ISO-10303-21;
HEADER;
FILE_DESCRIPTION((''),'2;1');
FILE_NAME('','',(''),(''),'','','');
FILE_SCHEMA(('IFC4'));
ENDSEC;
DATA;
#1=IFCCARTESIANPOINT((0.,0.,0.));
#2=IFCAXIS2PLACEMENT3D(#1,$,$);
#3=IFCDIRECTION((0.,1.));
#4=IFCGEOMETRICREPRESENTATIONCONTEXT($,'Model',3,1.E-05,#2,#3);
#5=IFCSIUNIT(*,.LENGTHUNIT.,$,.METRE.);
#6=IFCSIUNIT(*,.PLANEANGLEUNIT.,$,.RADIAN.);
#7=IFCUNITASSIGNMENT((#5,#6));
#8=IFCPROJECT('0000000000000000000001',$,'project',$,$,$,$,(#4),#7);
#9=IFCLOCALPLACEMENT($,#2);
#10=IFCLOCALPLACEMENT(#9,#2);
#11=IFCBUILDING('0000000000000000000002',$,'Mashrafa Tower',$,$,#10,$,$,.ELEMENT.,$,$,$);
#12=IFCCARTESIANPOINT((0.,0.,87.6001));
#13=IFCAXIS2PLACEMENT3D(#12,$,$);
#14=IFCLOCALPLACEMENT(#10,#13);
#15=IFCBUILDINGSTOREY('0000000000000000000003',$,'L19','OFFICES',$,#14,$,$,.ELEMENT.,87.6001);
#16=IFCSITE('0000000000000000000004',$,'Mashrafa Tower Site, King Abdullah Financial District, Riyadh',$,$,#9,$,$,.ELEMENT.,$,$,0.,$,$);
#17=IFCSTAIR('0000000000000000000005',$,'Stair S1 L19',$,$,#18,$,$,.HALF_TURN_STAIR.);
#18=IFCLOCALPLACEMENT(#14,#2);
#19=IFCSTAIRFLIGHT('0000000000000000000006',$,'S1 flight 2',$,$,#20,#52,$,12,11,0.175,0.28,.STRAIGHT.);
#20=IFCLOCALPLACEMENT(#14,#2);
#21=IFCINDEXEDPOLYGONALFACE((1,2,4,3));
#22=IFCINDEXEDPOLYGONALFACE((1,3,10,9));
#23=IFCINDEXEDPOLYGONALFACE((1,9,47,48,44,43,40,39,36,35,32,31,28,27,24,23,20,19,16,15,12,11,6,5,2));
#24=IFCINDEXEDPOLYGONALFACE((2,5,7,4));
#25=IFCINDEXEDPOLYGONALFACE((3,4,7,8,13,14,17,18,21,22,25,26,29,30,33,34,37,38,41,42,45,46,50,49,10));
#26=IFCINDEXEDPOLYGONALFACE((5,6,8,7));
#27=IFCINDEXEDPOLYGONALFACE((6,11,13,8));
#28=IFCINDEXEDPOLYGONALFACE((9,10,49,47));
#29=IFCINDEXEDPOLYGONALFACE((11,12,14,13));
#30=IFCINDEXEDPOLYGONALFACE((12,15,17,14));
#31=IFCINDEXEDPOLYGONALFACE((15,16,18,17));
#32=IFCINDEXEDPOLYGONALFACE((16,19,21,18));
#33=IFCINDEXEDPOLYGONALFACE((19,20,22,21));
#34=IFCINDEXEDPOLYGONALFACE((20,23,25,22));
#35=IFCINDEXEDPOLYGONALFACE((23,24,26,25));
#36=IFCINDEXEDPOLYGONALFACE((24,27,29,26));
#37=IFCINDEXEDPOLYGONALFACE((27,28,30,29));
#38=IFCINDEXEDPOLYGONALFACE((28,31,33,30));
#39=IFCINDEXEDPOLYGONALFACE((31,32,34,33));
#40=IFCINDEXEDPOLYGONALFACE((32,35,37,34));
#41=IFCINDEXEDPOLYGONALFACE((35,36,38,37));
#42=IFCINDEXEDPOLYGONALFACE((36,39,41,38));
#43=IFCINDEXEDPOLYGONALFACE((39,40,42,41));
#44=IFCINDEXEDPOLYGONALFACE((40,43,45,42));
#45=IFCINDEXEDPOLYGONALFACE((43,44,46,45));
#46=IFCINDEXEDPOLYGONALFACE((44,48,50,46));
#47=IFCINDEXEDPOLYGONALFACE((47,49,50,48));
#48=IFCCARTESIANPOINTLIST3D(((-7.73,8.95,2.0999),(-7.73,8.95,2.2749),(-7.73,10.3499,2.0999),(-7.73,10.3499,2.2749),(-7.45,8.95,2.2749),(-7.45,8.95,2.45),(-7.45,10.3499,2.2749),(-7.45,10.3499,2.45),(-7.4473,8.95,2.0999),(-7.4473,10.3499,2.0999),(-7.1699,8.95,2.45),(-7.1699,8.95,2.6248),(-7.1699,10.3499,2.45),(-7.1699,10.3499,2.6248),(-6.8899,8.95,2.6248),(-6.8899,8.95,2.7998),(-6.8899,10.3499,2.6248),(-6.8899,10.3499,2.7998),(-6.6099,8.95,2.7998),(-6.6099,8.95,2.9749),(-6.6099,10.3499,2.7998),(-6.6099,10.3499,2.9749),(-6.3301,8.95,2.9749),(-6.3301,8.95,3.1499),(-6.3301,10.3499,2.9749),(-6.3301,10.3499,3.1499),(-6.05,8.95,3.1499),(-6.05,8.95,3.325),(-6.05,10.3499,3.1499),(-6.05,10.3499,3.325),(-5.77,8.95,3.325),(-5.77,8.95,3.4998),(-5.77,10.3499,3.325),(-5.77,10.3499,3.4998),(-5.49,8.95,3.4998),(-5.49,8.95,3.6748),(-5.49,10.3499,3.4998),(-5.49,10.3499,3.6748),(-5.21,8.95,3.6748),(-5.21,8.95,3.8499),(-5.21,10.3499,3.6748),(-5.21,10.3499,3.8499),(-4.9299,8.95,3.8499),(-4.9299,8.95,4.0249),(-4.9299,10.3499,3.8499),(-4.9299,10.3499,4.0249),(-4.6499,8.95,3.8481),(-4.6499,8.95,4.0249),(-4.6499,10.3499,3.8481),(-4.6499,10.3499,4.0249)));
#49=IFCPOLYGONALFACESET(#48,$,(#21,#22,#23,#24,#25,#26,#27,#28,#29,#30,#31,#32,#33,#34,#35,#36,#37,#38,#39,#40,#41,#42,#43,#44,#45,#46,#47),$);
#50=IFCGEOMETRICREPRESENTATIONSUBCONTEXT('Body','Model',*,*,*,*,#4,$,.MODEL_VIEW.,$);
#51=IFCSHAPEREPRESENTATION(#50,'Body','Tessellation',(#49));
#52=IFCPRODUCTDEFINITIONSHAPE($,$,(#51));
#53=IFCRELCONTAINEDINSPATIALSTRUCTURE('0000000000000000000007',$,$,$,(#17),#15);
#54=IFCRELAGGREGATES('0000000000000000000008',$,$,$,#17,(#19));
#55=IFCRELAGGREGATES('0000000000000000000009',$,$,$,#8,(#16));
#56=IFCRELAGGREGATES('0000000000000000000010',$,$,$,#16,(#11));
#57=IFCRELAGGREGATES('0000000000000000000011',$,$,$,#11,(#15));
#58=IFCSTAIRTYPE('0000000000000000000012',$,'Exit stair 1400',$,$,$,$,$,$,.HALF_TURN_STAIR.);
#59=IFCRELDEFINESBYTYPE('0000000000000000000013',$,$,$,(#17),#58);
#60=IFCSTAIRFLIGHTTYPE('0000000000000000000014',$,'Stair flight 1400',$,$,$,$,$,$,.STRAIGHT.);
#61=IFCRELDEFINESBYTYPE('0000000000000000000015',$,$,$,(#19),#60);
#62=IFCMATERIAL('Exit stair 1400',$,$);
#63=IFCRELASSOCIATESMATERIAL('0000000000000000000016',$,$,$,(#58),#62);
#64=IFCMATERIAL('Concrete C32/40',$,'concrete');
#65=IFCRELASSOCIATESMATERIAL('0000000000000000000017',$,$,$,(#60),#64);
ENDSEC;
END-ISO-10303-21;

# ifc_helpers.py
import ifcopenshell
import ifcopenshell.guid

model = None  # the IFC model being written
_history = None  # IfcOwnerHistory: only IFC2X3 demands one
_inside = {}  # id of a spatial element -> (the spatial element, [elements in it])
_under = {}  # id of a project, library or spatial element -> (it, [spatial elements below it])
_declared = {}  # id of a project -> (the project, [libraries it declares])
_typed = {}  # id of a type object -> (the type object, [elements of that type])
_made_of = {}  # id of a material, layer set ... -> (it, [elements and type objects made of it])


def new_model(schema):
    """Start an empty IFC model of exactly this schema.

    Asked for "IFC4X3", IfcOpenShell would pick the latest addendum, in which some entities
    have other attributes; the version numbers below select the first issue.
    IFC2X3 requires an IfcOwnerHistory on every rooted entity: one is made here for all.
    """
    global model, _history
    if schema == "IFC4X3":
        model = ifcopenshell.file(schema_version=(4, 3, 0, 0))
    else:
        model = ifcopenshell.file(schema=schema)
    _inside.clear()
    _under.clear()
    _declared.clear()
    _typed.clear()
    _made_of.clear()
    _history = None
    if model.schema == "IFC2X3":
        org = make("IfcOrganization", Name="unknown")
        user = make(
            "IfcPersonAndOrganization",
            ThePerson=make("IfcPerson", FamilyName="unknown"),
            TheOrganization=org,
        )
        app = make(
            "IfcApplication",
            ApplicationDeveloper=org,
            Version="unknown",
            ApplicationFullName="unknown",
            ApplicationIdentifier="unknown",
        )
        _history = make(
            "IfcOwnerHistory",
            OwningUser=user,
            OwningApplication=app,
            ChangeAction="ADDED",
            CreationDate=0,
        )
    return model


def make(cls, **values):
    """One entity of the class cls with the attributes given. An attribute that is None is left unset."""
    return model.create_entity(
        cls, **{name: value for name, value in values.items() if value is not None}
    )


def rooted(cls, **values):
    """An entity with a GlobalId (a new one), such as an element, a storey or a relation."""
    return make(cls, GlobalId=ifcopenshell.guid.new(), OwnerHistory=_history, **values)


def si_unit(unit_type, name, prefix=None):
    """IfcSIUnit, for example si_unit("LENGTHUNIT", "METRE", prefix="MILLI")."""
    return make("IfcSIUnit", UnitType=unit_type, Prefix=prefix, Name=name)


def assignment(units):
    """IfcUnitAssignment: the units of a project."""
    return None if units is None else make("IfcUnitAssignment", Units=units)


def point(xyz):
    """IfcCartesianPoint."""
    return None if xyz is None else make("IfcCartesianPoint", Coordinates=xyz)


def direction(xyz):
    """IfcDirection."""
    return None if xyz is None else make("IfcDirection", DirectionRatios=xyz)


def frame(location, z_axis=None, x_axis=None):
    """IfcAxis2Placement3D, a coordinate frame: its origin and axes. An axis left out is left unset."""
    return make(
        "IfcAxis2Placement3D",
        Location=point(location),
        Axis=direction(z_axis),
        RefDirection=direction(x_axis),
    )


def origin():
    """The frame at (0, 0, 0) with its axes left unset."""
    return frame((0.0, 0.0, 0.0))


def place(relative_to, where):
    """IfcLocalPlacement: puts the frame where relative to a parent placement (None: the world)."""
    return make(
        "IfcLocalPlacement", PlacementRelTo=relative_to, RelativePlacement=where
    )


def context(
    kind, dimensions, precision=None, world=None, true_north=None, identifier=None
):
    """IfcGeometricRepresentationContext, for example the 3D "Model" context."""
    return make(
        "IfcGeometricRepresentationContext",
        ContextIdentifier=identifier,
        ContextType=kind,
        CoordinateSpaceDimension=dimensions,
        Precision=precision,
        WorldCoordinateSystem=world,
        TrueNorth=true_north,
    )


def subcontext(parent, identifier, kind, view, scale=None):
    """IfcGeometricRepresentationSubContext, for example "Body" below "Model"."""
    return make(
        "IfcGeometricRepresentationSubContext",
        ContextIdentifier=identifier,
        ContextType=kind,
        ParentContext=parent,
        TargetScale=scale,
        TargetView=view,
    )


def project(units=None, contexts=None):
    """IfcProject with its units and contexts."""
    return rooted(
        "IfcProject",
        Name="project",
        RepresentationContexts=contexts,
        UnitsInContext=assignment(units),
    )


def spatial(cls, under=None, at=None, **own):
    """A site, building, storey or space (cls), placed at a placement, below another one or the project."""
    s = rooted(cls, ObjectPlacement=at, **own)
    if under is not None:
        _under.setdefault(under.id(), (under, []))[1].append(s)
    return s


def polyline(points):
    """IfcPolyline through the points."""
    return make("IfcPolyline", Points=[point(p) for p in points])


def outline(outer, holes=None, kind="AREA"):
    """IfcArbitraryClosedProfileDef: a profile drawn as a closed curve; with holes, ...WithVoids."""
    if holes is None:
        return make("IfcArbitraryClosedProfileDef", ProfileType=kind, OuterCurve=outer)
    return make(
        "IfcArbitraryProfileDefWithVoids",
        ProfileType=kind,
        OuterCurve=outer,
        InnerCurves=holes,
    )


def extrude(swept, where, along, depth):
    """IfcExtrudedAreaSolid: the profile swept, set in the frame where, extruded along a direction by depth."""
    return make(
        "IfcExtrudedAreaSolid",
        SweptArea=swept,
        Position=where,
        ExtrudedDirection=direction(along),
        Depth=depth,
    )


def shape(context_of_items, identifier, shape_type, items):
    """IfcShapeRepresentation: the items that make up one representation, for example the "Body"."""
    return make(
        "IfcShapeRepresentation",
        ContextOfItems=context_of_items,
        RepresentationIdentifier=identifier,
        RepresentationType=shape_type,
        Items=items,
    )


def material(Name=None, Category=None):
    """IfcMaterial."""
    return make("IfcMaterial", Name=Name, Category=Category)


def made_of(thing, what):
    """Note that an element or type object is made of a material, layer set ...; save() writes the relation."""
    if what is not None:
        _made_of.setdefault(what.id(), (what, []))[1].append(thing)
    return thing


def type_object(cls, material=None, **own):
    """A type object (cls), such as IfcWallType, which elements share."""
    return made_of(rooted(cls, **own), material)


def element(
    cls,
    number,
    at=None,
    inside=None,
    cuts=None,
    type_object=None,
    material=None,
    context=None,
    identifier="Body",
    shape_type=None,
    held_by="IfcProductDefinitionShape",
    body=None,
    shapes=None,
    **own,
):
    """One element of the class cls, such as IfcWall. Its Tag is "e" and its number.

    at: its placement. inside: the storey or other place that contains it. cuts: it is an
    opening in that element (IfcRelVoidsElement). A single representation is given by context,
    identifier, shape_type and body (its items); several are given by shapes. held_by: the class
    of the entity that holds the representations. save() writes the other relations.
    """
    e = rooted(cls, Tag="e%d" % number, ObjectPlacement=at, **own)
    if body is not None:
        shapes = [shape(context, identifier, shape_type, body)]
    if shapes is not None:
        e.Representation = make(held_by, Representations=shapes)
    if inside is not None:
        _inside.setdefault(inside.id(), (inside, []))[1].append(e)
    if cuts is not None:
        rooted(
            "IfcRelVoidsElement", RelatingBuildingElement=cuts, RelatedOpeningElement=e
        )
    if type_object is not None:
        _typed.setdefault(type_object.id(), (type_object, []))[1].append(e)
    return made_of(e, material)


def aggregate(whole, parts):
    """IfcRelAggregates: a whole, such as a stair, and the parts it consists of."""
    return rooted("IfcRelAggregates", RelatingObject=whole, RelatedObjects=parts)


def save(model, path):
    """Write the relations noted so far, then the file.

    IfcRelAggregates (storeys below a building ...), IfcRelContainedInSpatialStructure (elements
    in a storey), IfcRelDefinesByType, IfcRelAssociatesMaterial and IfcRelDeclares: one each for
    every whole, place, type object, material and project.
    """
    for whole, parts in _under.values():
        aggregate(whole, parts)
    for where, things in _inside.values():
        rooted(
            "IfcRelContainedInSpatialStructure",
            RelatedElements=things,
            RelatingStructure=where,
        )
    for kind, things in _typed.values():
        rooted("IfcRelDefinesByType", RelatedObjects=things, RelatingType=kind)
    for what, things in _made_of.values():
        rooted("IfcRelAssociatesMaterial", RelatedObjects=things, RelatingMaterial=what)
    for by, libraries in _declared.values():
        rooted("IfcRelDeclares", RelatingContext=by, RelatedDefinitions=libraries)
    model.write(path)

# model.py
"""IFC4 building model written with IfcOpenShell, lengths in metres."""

from ifc_helpers import new_model, si_unit, direction, frame, origin, place, context, subcontext, project, spatial, polyline, outline, extrude, material, type_object, element, aggregate, save


model = new_model("IFC4")

# Units and contexts
model_context = context("Model", 3, precision=1e-05, world=origin(), true_north=direction((0.0, 1.0)))
body_context = subcontext(model_context, "Body", "Model", "MODEL_VIEW")
ifc_project = project(units=[si_unit("LENGTHUNIT", "METRE"), si_unit("PLANEANGLEUNIT", "RADIAN")], contexts=[model_context])

# Site, building, storey
site_placement = place(None, origin())
site = spatial("IfcSite", under=ifc_project, at=site_placement, Name="Mashrafa Tower Site, King Abdullah Financial District, Riyadh", CompositionType="ELEMENT", RefElevation=0.0)
building_placement = place(site_placement, origin())
building = spatial("IfcBuilding", under=site, at=building_placement, Name="Mashrafa Tower", CompositionType="ELEMENT")
storey_placement = place(building_placement, frame((0.0, 0.0, 87.6001)))
storey = spatial("IfcBuildingStorey", under=building, at=storey_placement, Name="L19", Description="OFFICES", CompositionType="ELEMENT", Elevation=87.6001)

# Stair, stair flight
ifc_material_1 = material(Name="Exit stair 1400")
stair_type = type_object("IfcStairType", Name="Exit stair 1400", PredefinedType="HALF_TURN_STAIR", material=ifc_material_1)
stair_placement = place(storey_placement, origin())
stair = element("IfcStair", 1, at=stair_placement, inside=storey, type_object=stair_type, Name="Stair S1 L19", PredefinedType="HALF_TURN_STAIR")
ifc_material_2 = material(Name="Concrete C32/40", Category="concrete")
stair_flight_type = type_object("IfcStairFlightType", Name="Stair flight 1400", PredefinedType="STRAIGHT", material=ifc_material_2)
stair_flight_placement = place(storey_placement, frame((-7.73, 9.6499, 2.0999), z_axis=(0.0, 0.0, 1.0), x_axis=(1.0, 0.0, 0.0)))
stair_flight = element("IfcStairFlight", 2, at=stair_flight_placement, type_object=stair_flight_type, Name="S1 flight 2", NumberOfRisers=12, NumberOfTreads=11, PredefinedType="STRAIGHT", RiserHeight=0.175, TreadLength=0.28, context=body_context, shape_type="SweptSolid", body=[
    extrude(outline(polyline([(0.0, 0.0), (0.0, 0.175), (0.28, 0.175), (0.28, 0.3501), (0.5601, 0.3501), (0.5601, 0.5249), (0.8401, 0.5249), (0.8401, 0.7), (1.1201, 0.7), (1.1201, 0.875), (1.3999, 0.875), (1.3999, 1.05), (1.6799, 1.05), (1.6799, 1.2251), (1.96, 1.2251), (1.96, 1.3999), (2.24, 1.3999), (2.24, 1.575), (2.52, 1.575), (2.52, 1.75), (2.8, 1.75), (2.8, 1.925), (3.0801, 1.925), (3.0801, 2.1001), (3.0801, 1.7483), (0.2827, 0.0), (0.0, 0.0)])), frame((0.0, 0.7, 0.0), z_axis=(0.0, -1.0, 0.0), x_axis=(1.0, 0.0, 0.0)), (0.0, 0.0, 1.0), 1.3999),
])
aggregate(stair, [stair_flight])

save(model, "model.ifc")
